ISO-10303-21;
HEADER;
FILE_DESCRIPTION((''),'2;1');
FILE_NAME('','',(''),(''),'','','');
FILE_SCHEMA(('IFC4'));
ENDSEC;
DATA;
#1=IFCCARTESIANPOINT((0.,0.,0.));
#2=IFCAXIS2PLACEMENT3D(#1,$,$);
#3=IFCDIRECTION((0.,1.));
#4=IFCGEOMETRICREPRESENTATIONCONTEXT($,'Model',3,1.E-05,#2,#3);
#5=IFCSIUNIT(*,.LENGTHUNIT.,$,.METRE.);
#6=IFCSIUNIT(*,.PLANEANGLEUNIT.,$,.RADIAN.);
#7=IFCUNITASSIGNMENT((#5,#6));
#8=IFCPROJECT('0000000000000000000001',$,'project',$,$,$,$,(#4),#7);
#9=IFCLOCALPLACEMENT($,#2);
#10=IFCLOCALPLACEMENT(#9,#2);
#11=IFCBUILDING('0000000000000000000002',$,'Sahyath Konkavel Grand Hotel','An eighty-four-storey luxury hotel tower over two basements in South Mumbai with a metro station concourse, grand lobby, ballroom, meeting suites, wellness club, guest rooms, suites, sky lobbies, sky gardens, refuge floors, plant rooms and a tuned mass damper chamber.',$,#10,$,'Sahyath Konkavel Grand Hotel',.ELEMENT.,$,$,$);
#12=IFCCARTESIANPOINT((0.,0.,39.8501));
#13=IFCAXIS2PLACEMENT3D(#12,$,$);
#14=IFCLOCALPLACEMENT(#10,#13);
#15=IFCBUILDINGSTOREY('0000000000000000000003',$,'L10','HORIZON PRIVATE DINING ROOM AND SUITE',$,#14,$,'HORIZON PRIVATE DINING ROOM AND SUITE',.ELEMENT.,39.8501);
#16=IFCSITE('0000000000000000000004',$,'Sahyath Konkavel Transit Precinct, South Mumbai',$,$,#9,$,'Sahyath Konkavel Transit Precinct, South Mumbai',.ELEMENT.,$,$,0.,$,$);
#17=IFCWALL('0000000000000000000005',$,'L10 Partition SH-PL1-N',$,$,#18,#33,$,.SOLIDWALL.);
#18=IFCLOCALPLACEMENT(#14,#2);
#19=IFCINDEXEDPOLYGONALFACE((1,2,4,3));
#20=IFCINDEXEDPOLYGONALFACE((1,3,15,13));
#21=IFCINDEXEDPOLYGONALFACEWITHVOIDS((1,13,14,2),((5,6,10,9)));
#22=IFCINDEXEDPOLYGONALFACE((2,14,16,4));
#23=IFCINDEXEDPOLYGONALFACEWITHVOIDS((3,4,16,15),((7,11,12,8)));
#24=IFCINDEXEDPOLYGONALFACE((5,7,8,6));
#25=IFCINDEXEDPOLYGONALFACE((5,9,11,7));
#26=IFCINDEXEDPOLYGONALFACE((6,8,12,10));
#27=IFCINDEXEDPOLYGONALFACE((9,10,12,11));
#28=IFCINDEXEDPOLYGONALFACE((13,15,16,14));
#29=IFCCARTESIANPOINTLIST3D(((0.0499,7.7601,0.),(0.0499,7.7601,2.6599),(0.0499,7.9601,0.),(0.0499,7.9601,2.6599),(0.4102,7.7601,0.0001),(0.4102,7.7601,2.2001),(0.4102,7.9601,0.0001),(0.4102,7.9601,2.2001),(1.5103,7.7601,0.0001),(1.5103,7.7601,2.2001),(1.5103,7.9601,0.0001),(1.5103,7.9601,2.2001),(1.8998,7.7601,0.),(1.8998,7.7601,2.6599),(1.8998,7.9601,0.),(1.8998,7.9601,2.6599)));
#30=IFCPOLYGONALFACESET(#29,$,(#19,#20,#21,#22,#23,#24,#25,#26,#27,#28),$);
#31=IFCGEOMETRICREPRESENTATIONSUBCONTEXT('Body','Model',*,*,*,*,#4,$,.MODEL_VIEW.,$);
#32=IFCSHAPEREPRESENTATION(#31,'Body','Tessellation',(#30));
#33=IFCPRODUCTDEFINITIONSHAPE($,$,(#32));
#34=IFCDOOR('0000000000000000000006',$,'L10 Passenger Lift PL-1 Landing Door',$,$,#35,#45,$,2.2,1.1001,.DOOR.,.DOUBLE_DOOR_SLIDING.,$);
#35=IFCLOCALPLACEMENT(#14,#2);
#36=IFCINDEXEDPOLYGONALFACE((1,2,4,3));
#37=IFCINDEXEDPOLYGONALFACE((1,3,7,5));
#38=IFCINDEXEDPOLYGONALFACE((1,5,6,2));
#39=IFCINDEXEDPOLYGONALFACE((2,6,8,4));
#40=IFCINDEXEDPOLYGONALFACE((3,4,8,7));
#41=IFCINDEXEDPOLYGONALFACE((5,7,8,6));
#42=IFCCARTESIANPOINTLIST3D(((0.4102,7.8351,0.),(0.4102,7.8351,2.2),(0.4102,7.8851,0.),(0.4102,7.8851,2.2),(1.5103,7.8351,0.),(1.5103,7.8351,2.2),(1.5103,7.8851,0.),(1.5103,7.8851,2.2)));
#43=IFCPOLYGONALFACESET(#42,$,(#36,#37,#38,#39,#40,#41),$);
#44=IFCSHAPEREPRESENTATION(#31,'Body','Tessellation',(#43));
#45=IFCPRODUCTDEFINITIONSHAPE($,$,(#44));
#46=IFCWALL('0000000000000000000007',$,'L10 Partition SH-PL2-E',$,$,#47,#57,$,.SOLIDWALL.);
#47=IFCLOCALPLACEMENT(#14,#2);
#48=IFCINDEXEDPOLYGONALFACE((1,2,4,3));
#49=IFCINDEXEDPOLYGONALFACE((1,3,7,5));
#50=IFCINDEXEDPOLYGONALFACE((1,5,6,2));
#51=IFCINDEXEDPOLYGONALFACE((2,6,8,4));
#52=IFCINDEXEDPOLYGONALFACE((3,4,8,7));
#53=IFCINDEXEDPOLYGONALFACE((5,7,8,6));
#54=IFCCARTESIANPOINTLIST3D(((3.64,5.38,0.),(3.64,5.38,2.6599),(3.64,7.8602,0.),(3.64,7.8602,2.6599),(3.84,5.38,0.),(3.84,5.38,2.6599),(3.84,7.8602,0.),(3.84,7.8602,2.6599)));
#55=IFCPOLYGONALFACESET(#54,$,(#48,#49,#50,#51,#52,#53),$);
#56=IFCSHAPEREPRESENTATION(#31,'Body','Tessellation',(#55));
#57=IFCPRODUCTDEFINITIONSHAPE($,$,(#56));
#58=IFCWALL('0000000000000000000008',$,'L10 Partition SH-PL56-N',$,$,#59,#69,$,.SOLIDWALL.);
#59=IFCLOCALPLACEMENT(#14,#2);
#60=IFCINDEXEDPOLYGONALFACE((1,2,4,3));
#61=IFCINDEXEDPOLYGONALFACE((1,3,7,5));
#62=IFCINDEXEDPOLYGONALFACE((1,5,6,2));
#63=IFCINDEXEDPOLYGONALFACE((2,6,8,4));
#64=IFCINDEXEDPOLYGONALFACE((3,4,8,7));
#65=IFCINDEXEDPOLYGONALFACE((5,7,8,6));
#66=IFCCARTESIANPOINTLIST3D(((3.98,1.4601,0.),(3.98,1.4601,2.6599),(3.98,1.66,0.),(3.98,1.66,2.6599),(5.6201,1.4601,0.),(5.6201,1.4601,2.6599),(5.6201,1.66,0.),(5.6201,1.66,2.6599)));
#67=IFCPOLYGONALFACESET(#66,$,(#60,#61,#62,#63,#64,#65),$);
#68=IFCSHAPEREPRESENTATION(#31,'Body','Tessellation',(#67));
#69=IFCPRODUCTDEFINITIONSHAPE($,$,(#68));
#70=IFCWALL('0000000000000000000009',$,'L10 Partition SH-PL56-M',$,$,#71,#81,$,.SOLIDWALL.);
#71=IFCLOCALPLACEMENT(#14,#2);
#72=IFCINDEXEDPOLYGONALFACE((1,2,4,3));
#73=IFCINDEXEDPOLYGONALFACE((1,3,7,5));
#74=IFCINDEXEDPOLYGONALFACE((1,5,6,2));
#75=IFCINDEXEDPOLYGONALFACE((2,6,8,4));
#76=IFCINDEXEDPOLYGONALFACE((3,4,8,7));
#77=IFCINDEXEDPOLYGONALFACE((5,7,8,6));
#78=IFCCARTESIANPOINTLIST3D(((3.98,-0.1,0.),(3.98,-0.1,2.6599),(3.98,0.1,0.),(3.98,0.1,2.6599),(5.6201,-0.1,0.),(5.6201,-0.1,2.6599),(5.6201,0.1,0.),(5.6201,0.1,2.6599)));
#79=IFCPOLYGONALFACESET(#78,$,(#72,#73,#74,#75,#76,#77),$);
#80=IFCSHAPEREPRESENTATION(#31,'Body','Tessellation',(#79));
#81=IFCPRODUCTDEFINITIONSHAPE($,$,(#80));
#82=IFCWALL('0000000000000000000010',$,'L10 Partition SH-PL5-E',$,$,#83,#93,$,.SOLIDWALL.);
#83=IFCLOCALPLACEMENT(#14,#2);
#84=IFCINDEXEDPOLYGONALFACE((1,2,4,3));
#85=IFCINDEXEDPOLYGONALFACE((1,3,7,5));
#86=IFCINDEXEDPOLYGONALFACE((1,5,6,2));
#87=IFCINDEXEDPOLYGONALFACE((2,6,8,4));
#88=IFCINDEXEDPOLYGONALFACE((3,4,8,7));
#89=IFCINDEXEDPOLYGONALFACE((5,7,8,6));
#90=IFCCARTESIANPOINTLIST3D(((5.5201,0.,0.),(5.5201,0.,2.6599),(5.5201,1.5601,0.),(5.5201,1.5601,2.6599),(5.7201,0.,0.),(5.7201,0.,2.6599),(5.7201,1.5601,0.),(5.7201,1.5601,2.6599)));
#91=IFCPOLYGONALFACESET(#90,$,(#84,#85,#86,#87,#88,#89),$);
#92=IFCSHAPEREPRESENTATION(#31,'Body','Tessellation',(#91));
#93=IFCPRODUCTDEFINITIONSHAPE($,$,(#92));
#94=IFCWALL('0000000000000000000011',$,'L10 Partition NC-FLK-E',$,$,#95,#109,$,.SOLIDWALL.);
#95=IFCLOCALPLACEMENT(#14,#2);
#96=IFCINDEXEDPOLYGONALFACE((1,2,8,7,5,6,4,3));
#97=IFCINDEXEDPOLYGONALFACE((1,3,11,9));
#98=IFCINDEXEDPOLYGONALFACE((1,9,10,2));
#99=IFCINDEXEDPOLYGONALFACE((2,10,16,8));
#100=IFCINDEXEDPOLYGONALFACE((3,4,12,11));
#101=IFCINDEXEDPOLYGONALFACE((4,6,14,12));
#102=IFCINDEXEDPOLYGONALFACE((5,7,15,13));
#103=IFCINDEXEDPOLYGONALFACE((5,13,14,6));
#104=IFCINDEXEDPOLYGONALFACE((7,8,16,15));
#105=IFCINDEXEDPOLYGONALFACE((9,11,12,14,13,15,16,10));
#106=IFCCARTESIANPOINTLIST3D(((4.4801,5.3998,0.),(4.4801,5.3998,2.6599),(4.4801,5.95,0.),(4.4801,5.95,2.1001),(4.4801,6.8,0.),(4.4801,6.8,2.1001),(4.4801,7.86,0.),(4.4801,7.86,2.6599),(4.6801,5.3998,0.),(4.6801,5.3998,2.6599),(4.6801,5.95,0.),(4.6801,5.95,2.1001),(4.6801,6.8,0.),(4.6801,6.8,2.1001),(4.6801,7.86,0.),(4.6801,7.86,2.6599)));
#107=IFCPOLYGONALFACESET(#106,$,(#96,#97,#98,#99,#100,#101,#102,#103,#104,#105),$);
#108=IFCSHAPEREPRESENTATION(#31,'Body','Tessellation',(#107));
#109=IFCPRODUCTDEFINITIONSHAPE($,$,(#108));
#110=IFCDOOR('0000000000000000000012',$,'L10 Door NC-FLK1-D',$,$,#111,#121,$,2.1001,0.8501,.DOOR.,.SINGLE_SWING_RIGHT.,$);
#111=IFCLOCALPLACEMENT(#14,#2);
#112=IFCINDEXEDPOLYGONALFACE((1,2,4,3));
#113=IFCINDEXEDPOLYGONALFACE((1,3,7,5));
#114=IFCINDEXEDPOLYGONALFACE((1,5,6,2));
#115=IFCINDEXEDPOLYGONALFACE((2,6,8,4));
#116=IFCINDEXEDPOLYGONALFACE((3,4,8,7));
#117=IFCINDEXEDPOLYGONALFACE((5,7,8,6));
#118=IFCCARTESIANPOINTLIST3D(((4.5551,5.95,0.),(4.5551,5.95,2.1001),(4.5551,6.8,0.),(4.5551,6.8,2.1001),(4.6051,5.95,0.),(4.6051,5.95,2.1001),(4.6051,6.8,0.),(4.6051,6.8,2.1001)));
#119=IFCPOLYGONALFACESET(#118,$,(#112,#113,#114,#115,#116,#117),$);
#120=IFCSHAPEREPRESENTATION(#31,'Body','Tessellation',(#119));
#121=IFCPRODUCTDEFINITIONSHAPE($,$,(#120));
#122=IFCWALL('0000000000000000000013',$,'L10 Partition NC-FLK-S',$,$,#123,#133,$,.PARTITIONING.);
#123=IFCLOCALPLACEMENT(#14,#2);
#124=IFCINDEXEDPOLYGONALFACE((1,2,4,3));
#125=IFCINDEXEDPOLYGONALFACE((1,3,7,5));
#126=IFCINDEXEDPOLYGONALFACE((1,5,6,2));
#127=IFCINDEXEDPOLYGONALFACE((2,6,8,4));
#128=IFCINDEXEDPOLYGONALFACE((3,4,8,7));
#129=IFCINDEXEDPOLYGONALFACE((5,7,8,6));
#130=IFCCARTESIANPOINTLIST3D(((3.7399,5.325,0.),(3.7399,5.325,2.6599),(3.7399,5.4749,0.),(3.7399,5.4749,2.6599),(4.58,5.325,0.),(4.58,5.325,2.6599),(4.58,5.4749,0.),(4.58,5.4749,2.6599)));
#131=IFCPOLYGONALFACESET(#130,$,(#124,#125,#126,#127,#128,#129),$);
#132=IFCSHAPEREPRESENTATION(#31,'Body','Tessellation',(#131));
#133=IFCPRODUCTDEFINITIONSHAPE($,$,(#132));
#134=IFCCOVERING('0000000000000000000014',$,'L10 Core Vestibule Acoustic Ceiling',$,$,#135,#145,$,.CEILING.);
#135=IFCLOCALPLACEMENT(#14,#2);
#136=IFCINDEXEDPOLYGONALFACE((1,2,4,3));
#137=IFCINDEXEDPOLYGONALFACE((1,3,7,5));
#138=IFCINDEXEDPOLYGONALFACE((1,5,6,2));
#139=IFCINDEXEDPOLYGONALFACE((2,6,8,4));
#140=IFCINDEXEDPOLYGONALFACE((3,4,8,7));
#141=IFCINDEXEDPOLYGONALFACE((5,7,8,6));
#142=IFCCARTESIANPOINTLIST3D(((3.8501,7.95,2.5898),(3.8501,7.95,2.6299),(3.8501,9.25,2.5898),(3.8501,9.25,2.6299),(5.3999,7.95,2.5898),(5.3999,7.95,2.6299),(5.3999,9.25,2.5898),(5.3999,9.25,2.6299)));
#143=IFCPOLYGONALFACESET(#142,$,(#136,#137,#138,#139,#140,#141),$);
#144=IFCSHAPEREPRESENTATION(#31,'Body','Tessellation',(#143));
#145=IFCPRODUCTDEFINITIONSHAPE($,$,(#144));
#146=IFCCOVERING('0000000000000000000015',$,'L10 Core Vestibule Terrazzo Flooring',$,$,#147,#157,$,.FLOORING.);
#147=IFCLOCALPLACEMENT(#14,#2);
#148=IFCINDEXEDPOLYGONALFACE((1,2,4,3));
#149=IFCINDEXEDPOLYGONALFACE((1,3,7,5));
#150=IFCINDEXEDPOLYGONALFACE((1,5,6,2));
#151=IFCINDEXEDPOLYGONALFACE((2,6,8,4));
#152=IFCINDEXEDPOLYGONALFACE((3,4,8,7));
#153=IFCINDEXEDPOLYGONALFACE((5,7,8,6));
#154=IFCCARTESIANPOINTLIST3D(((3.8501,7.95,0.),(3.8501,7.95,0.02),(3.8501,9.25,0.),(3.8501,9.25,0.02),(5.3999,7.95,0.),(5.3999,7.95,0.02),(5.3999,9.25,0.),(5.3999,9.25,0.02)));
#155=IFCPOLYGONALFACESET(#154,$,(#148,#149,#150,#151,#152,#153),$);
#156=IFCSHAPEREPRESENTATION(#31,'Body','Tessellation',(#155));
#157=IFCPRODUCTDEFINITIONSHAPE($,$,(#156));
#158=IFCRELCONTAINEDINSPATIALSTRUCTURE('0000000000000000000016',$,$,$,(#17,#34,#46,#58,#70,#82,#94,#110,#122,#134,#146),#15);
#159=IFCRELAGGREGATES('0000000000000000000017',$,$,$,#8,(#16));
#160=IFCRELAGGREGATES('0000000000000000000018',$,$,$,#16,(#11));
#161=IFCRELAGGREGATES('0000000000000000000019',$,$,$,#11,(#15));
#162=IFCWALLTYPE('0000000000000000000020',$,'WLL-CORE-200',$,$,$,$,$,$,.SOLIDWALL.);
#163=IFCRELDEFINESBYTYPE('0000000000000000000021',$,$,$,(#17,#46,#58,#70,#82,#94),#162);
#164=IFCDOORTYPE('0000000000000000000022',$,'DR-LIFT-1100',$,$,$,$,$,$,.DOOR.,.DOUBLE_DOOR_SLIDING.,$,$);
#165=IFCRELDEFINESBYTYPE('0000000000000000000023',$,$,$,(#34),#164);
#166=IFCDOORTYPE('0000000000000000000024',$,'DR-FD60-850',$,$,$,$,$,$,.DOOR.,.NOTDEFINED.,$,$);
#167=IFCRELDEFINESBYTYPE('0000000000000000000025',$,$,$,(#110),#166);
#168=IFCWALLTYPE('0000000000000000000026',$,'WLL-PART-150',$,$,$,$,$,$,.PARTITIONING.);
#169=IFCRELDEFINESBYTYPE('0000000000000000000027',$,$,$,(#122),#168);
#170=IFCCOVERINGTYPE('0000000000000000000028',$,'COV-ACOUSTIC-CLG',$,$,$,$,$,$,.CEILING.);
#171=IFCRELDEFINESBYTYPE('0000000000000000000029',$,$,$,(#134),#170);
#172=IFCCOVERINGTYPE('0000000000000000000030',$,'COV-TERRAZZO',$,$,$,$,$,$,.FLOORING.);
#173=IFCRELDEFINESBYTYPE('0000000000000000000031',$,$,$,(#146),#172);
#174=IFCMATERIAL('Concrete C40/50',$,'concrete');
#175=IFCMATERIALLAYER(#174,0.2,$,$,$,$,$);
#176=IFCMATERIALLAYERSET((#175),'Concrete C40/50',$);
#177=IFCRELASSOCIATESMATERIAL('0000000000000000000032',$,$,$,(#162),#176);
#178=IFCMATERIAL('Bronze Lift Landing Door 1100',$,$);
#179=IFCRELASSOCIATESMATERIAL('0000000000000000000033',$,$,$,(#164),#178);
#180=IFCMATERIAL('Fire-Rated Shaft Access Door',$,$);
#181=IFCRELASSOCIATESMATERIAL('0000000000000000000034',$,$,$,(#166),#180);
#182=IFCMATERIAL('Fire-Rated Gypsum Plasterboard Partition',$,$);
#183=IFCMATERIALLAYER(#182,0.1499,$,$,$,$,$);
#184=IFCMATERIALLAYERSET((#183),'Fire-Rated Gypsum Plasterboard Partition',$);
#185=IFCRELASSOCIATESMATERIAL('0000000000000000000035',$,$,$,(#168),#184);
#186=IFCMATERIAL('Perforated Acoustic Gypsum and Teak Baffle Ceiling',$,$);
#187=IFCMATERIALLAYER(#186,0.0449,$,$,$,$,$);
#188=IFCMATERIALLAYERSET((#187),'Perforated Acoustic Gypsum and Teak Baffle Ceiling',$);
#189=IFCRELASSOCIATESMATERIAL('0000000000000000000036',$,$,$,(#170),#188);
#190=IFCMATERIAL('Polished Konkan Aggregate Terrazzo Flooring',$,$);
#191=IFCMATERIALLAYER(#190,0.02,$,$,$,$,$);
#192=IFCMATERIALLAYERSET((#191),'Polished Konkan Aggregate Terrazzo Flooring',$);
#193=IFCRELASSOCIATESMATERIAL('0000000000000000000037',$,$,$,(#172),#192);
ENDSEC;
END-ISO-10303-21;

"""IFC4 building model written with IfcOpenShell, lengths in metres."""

from ifc_helpers import new_model, si_unit, direction, frame, frame_2d, origin, origin_2d, place, context, subcontext, project, spatial, polyline, rectangle, outline, extrude, source, transform, mapped, material, layer, layer_set, type_object, element, fill, save


model = new_model("IFC4")

# Units and contexts
model_context = context("Model", 3, precision=1e-05, world=origin(), true_north=direction((0.0, 1.0)))
body_context = subcontext(model_context, "Body", "Model", "MODEL_VIEW")
ifc_project = project(units=[si_unit("LENGTHUNIT", "METRE"), si_unit("PLANEANGLEUNIT", "RADIAN")], contexts=[model_context])

# Site, building, storey
site_placement = place(None, origin())
site = spatial("IfcSite", under=ifc_project, at=site_placement, Name="Sahyath Konkavel Transit Precinct, South Mumbai", LongName="Sahyath Konkavel Transit Precinct, South Mumbai", CompositionType="ELEMENT", RefElevation=0.0)
building_placement = place(site_placement, origin())
building = spatial("IfcBuilding", under=site, at=building_placement, Name="Sahyath Konkavel Grand Hotel", Description="An eighty-four-storey luxury hotel tower over two basements in South Mumbai with a metro station concourse, grand lobby, ballroom, meeting suites, wellness club, guest rooms, suites, sky lobbies, sky gardens, refuge floors, plant rooms and a tuned mass damper chamber.", LongName="Sahyath Konkavel Grand Hotel", CompositionType="ELEMENT")
storey_placement = place(building_placement, frame((0.0, 0.0, 39.8501)))
storey = spatial("IfcBuildingStorey", under=building, at=storey_placement, Name="L10", Description="HORIZON PRIVATE DINING ROOM AND SUITE", LongName="HORIZON PRIVATE DINING ROOM AND SUITE", CompositionType="ELEMENT", Elevation=39.8501)

# Shared definitions
ifc_material_1 = material(Name="Concrete C40/50", Category="concrete")

# Shared definitions
ifc_layer_1 = layer(ifc_material_1, 0.2)
ifc_layer_set_1 = layer_set([ifc_layer_1], Name="Concrete C40/50")
wall_type_1 = type_object("IfcWallType", Name="WLL-CORE-200", PredefinedType="SOLIDWALL", material=ifc_layer_set_1)

# Shared definitions
ifc_material_2 = material(Name="Bronze Lift Landing Door 1100")
door_type_1 = type_object("IfcDoorType", Name="DR-LIFT-1100", OperationType="DOUBLE_DOOR_SLIDING", PredefinedType="DOOR", material=ifc_material_2)
shared_shape_1 = source(origin(), body_context, "Body", "SweptSolid", [
    extrude(rectangle(XDim=1.1001, YDim=0.05, at=origin_2d()), origin(), (0.0, 0.0, 1.0), 2.2),
])

# Wall, opening, door
wall_1_placement = place(storey_placement, frame((0.05, 7.8601, 0.0), z_axis=(0.0, 0.0, 1.0), x_axis=(1.0, 0.0, 0.0)))
wall_1 = element("IfcWall", 1, at=wall_1_placement, inside=storey, type_object=wall_type_1, Name="L10 Partition SH-PL1-N", PredefinedType="SOLIDWALL", context=body_context, shape_type="SweptSolid", body=[
    extrude(rectangle(XDim=1.8499, YDim=0.2, at=frame_2d((0.9248, 0.0))), origin(), (0.0, 0.0, 1.0), 2.6599),
])
opening_1_placement = place(wall_1_placement, frame((0.3601, 0.0, 0.0)))
opening_1 = element("IfcOpeningElement", 2, at=opening_1_placement, cuts=wall_1, PredefinedType="OPENING", context=body_context, shape_type="SweptSolid", body=[
    extrude(rectangle(XDim=1.1001, YDim=2.2, at=frame_2d((0.55, 1.1001))), frame((0.0, 0.1099, 0.0), z_axis=(0.0, -1.0, 0.0), x_axis=(1.0, 0.0, 0.0)), (0.0, 0.0, 1.0), 0.22),
])
door_1_placement = place(opening_1_placement, frame((0.55, 0.0, 0.0)))
door_1 = element("IfcDoor", 3, at=door_1_placement, inside=storey, type_object=door_type_1, Name="L10 Passenger Lift PL-1 Landing Door", OperationType="DOUBLE_DOOR_SLIDING", OverallHeight=2.2, OverallWidth=1.1001, PredefinedType="DOOR", context=body_context, shape_type="MappedRepresentation", body=[
    mapped(shared_shape_1, transform((0.0, 0.0, 0.0), scale=1.0)),
])
fill(opening_1, door_1)

# Walls
wall_2_placement = place(storey_placement, frame((3.74, 5.3799, 0.0), z_axis=(0.0, 0.0, 1.0), x_axis=(0.0, 1.0, 0.0)))
element("IfcWall", 4, at=wall_2_placement, inside=storey, type_object=wall_type_1, Name="L10 Partition SH-PL2-E", PredefinedType="SOLIDWALL", context=body_context, shape_type="SweptSolid", body=[
    extrude(rectangle(XDim=2.4802, YDim=0.2, at=frame_2d((1.2402, 0.0))), origin(), (0.0, 0.0, 1.0), 2.6599),
])
for number, where, z_axis, x_axis, name in (
    (5, (3.98, 1.5601, 0.0), (0.0, 0.0, 1.0), (1.0, 0.0, 0.0), "L10 Partition SH-PL56-N"),
    (6, (3.98, 0.0, 0.0), (0.0, 0.0, 1.0), (1.0, 0.0, 0.0), "L10 Partition SH-PL56-M"),
):
    element("IfcWall", number, at=place(storey_placement, frame(where, z_axis=z_axis, x_axis=x_axis)), inside=storey, type_object=wall_type_1, Name=name, PredefinedType="SOLIDWALL", context=body_context, shape_type="SweptSolid", body=[
        extrude(rectangle(XDim=1.6401, YDim=0.2, at=frame_2d((0.8201, 0.0))), origin(), (0.0, 0.0, 1.0), 2.6599),
    ])
wall_3_placement = place(storey_placement, frame((5.6201, 0.0, 0.0), z_axis=(0.0, 0.0, 1.0), x_axis=(0.0, 1.0, 0.0)))
element("IfcWall", 7, at=wall_3_placement, inside=storey, type_object=wall_type_1, Name="L10 Partition SH-PL5-E", PredefinedType="SOLIDWALL", context=body_context, shape_type="SweptSolid", body=[
    extrude(rectangle(XDim=1.5601, YDim=0.2, at=frame_2d((0.78, 0.0))), origin(), (0.0, 0.0, 1.0), 2.6599),
])

# Wall, opening, door
wall_4_placement = place(storey_placement, frame((4.5801, 5.3999, 0.0), z_axis=(0.0, 0.0, 1.0), x_axis=(0.0, 1.0, 0.0)))
wall_4 = element("IfcWall", 8, at=wall_4_placement, inside=storey, type_object=wall_type_1, Name="L10 Partition NC-FLK-E", PredefinedType="SOLIDWALL", context=body_context, shape_type="SweptSolid", body=[
    extrude(rectangle(XDim=2.4602, YDim=0.2, at=frame_2d((1.23, 0.0))), origin(), (0.0, 0.0, 1.0), 2.6599),
])
opening_2_placement = place(wall_4_placement, frame((0.55, 0.0, 0.0)))
opening_2 = element("IfcOpeningElement", 9, at=opening_2_placement, cuts=wall_4, PredefinedType="OPENING", context=body_context, shape_type="SweptSolid", body=[
    extrude(rectangle(XDim=0.8501, YDim=2.1001, at=frame_2d((0.425, 1.05))), frame((0.0, 0.1099, 0.0), z_axis=(0.0, -1.0, 0.0), x_axis=(1.0, 0.0, 0.0)), (0.0, 0.0, 1.0), 0.22),
])
ifc_material_3 = material(Name="Fire-Rated Shaft Access Door")
door_type_2 = type_object("IfcDoorType", Name="DR-FD60-850", OperationType="NOTDEFINED", PredefinedType="DOOR", material=ifc_material_3)
shared_shape_2 = source(origin(), body_context, "Body", "SweptSolid", [
    extrude(rectangle(XDim=0.8501, YDim=0.05, at=origin_2d()), origin(), (0.0, 0.0, 1.0), 2.1001),
])
door_2_placement = place(opening_2_placement, frame((0.425, 0.0, 0.0)))
door_2 = element("IfcDoor", 10, at=door_2_placement, inside=storey, type_object=door_type_2, Name="L10 Door NC-FLK1-D", OperationType="SINGLE_SWING_RIGHT", OverallHeight=2.1001, OverallWidth=0.8501, PredefinedType="DOOR", context=body_context, shape_type="MappedRepresentation", body=[
    mapped(shared_shape_2, transform((0.0, 0.0, 0.0), scale=1.0)),
])
fill(opening_2, door_2)

# Wall
ifc_material_4 = material(Name="Fire-Rated Gypsum Plasterboard Partition")
ifc_layer_2 = layer(ifc_material_4, 0.1499)
ifc_layer_set_2 = layer_set([ifc_layer_2], Name="Fire-Rated Gypsum Plasterboard Partition")
wall_type_2 = type_object("IfcWallType", Name="WLL-PART-150", PredefinedType="PARTITIONING", material=ifc_layer_set_2)
wall_5_placement = place(storey_placement, frame((3.74, 5.3999, 0.0), z_axis=(0.0, 0.0, 1.0), x_axis=(1.0, 0.0, 0.0)))
element("IfcWall", 11, at=wall_5_placement, inside=storey, type_object=wall_type_2, Name="L10 Partition NC-FLK-S", PredefinedType="PARTITIONING", context=body_context, shape_type="SweptSolid", body=[
    extrude(rectangle(XDim=0.8401, YDim=0.1499, at=frame_2d((0.4199, 0.0))), origin(), (0.0, 0.0, 1.0), 2.6599),
])

# Coverings
ifc_material_5 = material(Name="Perforated Acoustic Gypsum and Teak Baffle Ceiling")
ifc_layer_3 = layer(ifc_material_5, 0.0449)
ifc_layer_set_3 = layer_set([ifc_layer_3], Name="Perforated Acoustic Gypsum and Teak Baffle Ceiling")
covering_type_1 = type_object("IfcCoveringType", Name="COV-ACOUSTIC-CLG", PredefinedType="CEILING", material=ifc_layer_set_3)
covering_1_placement = place(storey_placement, frame((0.0, 0.0, 2.5898)))
element("IfcCovering", 12, at=covering_1_placement, inside=storey, type_object=covering_type_1, Name="L10 Core Vestibule Acoustic Ceiling", PredefinedType="CEILING", context=body_context, shape_type="SweptSolid", body=[
    extrude(outline(polyline([(3.8501, 7.95), (5.3999, 7.95), (5.3999, 9.25), (3.8501, 9.25), (3.8501, 7.95)])), origin(), (0.0, 0.0, 1.0), 0.04),
])
ifc_material_6 = material(Name="Polished Konkan Aggregate Terrazzo Flooring")
ifc_layer_4 = layer(ifc_material_6, 0.02)
ifc_layer_set_4 = layer_set([ifc_layer_4], Name="Polished Konkan Aggregate Terrazzo Flooring")
covering_type_2 = type_object("IfcCoveringType", Name="COV-TERRAZZO", PredefinedType="FLOORING", material=ifc_layer_set_4)
covering_2_placement = place(storey_placement, origin())
element("IfcCovering", 13, at=covering_2_placement, inside=storey, type_object=covering_type_2, Name="L10 Core Vestibule Terrazzo Flooring", PredefinedType="FLOORING", context=body_context, shape_type="SweptSolid", body=[
    extrude(outline(polyline([(3.8501, 7.95), (5.3999, 7.95), (5.3999, 9.25), (3.8501, 9.25), (3.8501, 7.95)])), origin(), (0.0, 0.0, 1.0), 0.02),
])

save(model, "model.ifc")
